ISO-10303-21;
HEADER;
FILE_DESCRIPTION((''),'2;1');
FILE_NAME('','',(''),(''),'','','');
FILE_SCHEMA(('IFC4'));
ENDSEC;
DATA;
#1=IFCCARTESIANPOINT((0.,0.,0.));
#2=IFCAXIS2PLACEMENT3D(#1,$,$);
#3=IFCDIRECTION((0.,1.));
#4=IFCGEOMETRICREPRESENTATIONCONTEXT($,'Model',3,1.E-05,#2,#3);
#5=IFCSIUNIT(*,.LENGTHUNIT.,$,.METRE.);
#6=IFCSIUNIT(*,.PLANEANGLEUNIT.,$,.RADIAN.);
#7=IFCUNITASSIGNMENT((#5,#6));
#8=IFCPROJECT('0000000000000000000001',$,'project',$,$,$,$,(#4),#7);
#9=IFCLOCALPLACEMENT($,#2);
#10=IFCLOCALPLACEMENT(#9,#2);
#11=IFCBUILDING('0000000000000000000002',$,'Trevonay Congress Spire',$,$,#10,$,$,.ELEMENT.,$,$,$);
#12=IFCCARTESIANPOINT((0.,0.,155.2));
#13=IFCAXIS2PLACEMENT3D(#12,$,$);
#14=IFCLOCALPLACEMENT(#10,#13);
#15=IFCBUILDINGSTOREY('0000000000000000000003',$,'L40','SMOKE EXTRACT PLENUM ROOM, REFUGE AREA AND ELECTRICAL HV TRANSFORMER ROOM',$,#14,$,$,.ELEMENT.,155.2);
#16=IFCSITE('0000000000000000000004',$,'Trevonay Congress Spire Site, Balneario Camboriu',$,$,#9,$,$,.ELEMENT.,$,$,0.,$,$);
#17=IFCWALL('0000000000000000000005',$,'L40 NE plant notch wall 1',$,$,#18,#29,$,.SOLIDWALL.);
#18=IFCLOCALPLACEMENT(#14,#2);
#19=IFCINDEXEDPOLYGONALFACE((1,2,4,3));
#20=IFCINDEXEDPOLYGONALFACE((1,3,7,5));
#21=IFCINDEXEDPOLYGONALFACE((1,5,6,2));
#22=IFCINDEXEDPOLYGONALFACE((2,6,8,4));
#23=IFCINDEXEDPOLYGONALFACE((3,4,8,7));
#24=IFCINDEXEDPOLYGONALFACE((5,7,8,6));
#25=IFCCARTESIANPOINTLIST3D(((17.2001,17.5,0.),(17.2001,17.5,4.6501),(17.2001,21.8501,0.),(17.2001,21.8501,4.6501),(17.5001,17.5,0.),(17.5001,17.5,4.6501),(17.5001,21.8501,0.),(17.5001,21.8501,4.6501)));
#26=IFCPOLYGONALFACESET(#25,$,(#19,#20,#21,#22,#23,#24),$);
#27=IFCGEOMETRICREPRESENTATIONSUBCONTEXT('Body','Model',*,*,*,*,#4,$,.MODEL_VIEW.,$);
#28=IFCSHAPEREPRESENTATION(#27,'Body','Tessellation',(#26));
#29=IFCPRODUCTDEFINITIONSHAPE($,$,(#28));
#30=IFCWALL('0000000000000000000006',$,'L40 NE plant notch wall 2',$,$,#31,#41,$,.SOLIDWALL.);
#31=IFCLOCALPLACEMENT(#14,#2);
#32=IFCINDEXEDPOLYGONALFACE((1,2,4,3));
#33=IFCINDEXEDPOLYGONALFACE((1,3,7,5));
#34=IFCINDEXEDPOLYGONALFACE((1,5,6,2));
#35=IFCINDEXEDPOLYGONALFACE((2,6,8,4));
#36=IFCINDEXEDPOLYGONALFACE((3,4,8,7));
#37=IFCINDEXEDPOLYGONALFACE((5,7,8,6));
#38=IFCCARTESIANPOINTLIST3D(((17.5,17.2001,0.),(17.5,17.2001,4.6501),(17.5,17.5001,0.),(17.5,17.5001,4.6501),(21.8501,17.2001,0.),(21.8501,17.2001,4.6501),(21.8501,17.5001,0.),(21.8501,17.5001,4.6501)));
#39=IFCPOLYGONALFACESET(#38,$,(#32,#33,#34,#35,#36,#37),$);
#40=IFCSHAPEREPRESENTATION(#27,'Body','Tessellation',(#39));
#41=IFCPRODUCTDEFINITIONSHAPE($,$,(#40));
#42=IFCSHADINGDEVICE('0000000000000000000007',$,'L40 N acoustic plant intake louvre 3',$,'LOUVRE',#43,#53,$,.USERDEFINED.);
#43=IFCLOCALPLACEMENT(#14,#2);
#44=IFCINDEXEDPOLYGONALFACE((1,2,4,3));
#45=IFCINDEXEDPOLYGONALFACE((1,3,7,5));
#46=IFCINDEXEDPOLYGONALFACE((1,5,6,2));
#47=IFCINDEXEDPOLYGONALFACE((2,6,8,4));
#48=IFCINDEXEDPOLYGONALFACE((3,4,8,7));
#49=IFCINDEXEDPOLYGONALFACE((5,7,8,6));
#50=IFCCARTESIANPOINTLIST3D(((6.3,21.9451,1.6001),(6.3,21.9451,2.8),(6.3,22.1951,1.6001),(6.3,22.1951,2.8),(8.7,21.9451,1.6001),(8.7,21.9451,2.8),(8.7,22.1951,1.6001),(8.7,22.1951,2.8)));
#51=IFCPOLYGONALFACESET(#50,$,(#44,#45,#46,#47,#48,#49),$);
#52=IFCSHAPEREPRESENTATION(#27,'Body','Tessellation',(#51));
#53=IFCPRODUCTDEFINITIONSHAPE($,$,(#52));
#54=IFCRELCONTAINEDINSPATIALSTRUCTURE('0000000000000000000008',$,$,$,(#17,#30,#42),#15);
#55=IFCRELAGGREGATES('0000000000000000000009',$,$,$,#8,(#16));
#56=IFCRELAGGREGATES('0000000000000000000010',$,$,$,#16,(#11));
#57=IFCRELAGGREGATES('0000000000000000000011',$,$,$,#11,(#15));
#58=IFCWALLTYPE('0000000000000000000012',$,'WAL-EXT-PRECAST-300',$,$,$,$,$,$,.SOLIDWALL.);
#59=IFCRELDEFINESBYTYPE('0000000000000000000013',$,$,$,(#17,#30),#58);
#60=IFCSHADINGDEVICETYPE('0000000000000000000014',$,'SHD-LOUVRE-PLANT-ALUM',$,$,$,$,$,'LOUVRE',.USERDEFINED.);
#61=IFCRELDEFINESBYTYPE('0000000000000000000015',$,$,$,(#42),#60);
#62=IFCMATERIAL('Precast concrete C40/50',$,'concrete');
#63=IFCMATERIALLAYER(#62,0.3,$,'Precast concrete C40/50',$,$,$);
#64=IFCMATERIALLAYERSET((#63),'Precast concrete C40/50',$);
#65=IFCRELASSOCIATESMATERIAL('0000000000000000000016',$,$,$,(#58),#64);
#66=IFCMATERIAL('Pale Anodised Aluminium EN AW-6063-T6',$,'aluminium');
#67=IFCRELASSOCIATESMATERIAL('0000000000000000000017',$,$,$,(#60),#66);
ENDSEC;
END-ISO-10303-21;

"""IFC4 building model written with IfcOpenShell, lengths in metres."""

from ifc_helpers import new_model, si_unit, direction, frame, frame_2d, origin, origin_2d, place, context, subcontext, project, spatial, rectangle, extrude, material, layer, layer_set, type_object, element, save


model = new_model("IFC4")

# Units and contexts
model_context = context("Model", 3, precision=1e-05, world=origin(), true_north=direction((0.0, 1.0)))
body_context = subcontext(model_context, "Body", "Model", "MODEL_VIEW")
ifc_project = project(units=[si_unit("LENGTHUNIT", "METRE"), si_unit("PLANEANGLEUNIT", "RADIAN")], contexts=[model_context])

# Site, building, storey
site_placement = place(None, origin())
site = spatial("IfcSite", under=ifc_project, at=site_placement, Name="Trevonay Congress Spire Site, Balneario Camboriu", CompositionType="ELEMENT", RefElevation=0.0)
building_placement = place(site_placement, origin())
building = spatial("IfcBuilding", under=site, at=building_placement, Name="Trevonay Congress Spire", CompositionType="ELEMENT")
storey_placement = place(building_placement, frame((0.0, 0.0, 155.2)))
storey = spatial("IfcBuildingStorey", under=building, at=storey_placement, Name="L40", Description="SMOKE EXTRACT PLENUM ROOM, REFUGE AREA AND ELECTRICAL HV TRANSFORMER ROOM", CompositionType="ELEMENT", Elevation=155.2)

# Walls
ifc_material_1 = material(Name="Precast concrete C40/50", Category="concrete")
ifc_layer_1 = layer(ifc_material_1, 0.3, Name="Precast concrete C40/50")
ifc_layer_set_1 = layer_set([ifc_layer_1], Name="Precast concrete C40/50")
wall_type = type_object("IfcWallType", Name="WAL-EXT-PRECAST-300", PredefinedType="SOLIDWALL", material=ifc_layer_set_1)
for number, where, z_axis, x_axis, name in (
    (1, (17.3501, 21.8501, 0.0), (0.0, 0.0, 1.0), (0.0, -1.0, 0.0), "L40 NE plant notch wall 1"),
    (2, (21.8501, 17.3501, 0.0), (0.0, 0.0, 1.0), (-1.0, 0.0, 0.0), "L40 NE plant notch wall 2"),
):
    element("IfcWall", number, at=place(storey_placement, frame(where, z_axis=z_axis, x_axis=x_axis)), inside=storey, type_object=wall_type, Name=name, PredefinedType="SOLIDWALL", context=body_context, shape_type="SweptSolid", body=[
        extrude(rectangle(XDim=4.3501, YDim=0.3, at=frame_2d((2.175, 0.0))), origin(), (0.0, 0.0, 1.0), 4.6501),
    ])

# Shading device
ifc_material_2 = material(Name="Pale Anodised Aluminium EN AW-6063-T6", Category="aluminium")
shading_device_type = type_object("IfcShadingDeviceType", Name="SHD-LOUVRE-PLANT-ALUM", ElementType="LOUVRE", PredefinedType="USERDEFINED", material=ifc_material_2)
shading_device_placement = place(storey_placement, frame((7.5, 22.0701, 1.6001), z_axis=(0.0, 0.0, 1.0), x_axis=(1.0, 0.0, 0.0)))
element("IfcShadingDevice", 3, at=shading_device_placement, inside=storey, type_object=shading_device_type, Name="L40 N acoustic plant intake louvre 3", ObjectType="LOUVRE", PredefinedType="USERDEFINED", context=body_context, shape_type="SweptSolid", body=[
    extrude(rectangle(XDim=2.3999, YDim=0.25, at=origin_2d()), origin(), (0.0, 0.0, 1.0), 1.2),
])

save(model, "model.ifc")
